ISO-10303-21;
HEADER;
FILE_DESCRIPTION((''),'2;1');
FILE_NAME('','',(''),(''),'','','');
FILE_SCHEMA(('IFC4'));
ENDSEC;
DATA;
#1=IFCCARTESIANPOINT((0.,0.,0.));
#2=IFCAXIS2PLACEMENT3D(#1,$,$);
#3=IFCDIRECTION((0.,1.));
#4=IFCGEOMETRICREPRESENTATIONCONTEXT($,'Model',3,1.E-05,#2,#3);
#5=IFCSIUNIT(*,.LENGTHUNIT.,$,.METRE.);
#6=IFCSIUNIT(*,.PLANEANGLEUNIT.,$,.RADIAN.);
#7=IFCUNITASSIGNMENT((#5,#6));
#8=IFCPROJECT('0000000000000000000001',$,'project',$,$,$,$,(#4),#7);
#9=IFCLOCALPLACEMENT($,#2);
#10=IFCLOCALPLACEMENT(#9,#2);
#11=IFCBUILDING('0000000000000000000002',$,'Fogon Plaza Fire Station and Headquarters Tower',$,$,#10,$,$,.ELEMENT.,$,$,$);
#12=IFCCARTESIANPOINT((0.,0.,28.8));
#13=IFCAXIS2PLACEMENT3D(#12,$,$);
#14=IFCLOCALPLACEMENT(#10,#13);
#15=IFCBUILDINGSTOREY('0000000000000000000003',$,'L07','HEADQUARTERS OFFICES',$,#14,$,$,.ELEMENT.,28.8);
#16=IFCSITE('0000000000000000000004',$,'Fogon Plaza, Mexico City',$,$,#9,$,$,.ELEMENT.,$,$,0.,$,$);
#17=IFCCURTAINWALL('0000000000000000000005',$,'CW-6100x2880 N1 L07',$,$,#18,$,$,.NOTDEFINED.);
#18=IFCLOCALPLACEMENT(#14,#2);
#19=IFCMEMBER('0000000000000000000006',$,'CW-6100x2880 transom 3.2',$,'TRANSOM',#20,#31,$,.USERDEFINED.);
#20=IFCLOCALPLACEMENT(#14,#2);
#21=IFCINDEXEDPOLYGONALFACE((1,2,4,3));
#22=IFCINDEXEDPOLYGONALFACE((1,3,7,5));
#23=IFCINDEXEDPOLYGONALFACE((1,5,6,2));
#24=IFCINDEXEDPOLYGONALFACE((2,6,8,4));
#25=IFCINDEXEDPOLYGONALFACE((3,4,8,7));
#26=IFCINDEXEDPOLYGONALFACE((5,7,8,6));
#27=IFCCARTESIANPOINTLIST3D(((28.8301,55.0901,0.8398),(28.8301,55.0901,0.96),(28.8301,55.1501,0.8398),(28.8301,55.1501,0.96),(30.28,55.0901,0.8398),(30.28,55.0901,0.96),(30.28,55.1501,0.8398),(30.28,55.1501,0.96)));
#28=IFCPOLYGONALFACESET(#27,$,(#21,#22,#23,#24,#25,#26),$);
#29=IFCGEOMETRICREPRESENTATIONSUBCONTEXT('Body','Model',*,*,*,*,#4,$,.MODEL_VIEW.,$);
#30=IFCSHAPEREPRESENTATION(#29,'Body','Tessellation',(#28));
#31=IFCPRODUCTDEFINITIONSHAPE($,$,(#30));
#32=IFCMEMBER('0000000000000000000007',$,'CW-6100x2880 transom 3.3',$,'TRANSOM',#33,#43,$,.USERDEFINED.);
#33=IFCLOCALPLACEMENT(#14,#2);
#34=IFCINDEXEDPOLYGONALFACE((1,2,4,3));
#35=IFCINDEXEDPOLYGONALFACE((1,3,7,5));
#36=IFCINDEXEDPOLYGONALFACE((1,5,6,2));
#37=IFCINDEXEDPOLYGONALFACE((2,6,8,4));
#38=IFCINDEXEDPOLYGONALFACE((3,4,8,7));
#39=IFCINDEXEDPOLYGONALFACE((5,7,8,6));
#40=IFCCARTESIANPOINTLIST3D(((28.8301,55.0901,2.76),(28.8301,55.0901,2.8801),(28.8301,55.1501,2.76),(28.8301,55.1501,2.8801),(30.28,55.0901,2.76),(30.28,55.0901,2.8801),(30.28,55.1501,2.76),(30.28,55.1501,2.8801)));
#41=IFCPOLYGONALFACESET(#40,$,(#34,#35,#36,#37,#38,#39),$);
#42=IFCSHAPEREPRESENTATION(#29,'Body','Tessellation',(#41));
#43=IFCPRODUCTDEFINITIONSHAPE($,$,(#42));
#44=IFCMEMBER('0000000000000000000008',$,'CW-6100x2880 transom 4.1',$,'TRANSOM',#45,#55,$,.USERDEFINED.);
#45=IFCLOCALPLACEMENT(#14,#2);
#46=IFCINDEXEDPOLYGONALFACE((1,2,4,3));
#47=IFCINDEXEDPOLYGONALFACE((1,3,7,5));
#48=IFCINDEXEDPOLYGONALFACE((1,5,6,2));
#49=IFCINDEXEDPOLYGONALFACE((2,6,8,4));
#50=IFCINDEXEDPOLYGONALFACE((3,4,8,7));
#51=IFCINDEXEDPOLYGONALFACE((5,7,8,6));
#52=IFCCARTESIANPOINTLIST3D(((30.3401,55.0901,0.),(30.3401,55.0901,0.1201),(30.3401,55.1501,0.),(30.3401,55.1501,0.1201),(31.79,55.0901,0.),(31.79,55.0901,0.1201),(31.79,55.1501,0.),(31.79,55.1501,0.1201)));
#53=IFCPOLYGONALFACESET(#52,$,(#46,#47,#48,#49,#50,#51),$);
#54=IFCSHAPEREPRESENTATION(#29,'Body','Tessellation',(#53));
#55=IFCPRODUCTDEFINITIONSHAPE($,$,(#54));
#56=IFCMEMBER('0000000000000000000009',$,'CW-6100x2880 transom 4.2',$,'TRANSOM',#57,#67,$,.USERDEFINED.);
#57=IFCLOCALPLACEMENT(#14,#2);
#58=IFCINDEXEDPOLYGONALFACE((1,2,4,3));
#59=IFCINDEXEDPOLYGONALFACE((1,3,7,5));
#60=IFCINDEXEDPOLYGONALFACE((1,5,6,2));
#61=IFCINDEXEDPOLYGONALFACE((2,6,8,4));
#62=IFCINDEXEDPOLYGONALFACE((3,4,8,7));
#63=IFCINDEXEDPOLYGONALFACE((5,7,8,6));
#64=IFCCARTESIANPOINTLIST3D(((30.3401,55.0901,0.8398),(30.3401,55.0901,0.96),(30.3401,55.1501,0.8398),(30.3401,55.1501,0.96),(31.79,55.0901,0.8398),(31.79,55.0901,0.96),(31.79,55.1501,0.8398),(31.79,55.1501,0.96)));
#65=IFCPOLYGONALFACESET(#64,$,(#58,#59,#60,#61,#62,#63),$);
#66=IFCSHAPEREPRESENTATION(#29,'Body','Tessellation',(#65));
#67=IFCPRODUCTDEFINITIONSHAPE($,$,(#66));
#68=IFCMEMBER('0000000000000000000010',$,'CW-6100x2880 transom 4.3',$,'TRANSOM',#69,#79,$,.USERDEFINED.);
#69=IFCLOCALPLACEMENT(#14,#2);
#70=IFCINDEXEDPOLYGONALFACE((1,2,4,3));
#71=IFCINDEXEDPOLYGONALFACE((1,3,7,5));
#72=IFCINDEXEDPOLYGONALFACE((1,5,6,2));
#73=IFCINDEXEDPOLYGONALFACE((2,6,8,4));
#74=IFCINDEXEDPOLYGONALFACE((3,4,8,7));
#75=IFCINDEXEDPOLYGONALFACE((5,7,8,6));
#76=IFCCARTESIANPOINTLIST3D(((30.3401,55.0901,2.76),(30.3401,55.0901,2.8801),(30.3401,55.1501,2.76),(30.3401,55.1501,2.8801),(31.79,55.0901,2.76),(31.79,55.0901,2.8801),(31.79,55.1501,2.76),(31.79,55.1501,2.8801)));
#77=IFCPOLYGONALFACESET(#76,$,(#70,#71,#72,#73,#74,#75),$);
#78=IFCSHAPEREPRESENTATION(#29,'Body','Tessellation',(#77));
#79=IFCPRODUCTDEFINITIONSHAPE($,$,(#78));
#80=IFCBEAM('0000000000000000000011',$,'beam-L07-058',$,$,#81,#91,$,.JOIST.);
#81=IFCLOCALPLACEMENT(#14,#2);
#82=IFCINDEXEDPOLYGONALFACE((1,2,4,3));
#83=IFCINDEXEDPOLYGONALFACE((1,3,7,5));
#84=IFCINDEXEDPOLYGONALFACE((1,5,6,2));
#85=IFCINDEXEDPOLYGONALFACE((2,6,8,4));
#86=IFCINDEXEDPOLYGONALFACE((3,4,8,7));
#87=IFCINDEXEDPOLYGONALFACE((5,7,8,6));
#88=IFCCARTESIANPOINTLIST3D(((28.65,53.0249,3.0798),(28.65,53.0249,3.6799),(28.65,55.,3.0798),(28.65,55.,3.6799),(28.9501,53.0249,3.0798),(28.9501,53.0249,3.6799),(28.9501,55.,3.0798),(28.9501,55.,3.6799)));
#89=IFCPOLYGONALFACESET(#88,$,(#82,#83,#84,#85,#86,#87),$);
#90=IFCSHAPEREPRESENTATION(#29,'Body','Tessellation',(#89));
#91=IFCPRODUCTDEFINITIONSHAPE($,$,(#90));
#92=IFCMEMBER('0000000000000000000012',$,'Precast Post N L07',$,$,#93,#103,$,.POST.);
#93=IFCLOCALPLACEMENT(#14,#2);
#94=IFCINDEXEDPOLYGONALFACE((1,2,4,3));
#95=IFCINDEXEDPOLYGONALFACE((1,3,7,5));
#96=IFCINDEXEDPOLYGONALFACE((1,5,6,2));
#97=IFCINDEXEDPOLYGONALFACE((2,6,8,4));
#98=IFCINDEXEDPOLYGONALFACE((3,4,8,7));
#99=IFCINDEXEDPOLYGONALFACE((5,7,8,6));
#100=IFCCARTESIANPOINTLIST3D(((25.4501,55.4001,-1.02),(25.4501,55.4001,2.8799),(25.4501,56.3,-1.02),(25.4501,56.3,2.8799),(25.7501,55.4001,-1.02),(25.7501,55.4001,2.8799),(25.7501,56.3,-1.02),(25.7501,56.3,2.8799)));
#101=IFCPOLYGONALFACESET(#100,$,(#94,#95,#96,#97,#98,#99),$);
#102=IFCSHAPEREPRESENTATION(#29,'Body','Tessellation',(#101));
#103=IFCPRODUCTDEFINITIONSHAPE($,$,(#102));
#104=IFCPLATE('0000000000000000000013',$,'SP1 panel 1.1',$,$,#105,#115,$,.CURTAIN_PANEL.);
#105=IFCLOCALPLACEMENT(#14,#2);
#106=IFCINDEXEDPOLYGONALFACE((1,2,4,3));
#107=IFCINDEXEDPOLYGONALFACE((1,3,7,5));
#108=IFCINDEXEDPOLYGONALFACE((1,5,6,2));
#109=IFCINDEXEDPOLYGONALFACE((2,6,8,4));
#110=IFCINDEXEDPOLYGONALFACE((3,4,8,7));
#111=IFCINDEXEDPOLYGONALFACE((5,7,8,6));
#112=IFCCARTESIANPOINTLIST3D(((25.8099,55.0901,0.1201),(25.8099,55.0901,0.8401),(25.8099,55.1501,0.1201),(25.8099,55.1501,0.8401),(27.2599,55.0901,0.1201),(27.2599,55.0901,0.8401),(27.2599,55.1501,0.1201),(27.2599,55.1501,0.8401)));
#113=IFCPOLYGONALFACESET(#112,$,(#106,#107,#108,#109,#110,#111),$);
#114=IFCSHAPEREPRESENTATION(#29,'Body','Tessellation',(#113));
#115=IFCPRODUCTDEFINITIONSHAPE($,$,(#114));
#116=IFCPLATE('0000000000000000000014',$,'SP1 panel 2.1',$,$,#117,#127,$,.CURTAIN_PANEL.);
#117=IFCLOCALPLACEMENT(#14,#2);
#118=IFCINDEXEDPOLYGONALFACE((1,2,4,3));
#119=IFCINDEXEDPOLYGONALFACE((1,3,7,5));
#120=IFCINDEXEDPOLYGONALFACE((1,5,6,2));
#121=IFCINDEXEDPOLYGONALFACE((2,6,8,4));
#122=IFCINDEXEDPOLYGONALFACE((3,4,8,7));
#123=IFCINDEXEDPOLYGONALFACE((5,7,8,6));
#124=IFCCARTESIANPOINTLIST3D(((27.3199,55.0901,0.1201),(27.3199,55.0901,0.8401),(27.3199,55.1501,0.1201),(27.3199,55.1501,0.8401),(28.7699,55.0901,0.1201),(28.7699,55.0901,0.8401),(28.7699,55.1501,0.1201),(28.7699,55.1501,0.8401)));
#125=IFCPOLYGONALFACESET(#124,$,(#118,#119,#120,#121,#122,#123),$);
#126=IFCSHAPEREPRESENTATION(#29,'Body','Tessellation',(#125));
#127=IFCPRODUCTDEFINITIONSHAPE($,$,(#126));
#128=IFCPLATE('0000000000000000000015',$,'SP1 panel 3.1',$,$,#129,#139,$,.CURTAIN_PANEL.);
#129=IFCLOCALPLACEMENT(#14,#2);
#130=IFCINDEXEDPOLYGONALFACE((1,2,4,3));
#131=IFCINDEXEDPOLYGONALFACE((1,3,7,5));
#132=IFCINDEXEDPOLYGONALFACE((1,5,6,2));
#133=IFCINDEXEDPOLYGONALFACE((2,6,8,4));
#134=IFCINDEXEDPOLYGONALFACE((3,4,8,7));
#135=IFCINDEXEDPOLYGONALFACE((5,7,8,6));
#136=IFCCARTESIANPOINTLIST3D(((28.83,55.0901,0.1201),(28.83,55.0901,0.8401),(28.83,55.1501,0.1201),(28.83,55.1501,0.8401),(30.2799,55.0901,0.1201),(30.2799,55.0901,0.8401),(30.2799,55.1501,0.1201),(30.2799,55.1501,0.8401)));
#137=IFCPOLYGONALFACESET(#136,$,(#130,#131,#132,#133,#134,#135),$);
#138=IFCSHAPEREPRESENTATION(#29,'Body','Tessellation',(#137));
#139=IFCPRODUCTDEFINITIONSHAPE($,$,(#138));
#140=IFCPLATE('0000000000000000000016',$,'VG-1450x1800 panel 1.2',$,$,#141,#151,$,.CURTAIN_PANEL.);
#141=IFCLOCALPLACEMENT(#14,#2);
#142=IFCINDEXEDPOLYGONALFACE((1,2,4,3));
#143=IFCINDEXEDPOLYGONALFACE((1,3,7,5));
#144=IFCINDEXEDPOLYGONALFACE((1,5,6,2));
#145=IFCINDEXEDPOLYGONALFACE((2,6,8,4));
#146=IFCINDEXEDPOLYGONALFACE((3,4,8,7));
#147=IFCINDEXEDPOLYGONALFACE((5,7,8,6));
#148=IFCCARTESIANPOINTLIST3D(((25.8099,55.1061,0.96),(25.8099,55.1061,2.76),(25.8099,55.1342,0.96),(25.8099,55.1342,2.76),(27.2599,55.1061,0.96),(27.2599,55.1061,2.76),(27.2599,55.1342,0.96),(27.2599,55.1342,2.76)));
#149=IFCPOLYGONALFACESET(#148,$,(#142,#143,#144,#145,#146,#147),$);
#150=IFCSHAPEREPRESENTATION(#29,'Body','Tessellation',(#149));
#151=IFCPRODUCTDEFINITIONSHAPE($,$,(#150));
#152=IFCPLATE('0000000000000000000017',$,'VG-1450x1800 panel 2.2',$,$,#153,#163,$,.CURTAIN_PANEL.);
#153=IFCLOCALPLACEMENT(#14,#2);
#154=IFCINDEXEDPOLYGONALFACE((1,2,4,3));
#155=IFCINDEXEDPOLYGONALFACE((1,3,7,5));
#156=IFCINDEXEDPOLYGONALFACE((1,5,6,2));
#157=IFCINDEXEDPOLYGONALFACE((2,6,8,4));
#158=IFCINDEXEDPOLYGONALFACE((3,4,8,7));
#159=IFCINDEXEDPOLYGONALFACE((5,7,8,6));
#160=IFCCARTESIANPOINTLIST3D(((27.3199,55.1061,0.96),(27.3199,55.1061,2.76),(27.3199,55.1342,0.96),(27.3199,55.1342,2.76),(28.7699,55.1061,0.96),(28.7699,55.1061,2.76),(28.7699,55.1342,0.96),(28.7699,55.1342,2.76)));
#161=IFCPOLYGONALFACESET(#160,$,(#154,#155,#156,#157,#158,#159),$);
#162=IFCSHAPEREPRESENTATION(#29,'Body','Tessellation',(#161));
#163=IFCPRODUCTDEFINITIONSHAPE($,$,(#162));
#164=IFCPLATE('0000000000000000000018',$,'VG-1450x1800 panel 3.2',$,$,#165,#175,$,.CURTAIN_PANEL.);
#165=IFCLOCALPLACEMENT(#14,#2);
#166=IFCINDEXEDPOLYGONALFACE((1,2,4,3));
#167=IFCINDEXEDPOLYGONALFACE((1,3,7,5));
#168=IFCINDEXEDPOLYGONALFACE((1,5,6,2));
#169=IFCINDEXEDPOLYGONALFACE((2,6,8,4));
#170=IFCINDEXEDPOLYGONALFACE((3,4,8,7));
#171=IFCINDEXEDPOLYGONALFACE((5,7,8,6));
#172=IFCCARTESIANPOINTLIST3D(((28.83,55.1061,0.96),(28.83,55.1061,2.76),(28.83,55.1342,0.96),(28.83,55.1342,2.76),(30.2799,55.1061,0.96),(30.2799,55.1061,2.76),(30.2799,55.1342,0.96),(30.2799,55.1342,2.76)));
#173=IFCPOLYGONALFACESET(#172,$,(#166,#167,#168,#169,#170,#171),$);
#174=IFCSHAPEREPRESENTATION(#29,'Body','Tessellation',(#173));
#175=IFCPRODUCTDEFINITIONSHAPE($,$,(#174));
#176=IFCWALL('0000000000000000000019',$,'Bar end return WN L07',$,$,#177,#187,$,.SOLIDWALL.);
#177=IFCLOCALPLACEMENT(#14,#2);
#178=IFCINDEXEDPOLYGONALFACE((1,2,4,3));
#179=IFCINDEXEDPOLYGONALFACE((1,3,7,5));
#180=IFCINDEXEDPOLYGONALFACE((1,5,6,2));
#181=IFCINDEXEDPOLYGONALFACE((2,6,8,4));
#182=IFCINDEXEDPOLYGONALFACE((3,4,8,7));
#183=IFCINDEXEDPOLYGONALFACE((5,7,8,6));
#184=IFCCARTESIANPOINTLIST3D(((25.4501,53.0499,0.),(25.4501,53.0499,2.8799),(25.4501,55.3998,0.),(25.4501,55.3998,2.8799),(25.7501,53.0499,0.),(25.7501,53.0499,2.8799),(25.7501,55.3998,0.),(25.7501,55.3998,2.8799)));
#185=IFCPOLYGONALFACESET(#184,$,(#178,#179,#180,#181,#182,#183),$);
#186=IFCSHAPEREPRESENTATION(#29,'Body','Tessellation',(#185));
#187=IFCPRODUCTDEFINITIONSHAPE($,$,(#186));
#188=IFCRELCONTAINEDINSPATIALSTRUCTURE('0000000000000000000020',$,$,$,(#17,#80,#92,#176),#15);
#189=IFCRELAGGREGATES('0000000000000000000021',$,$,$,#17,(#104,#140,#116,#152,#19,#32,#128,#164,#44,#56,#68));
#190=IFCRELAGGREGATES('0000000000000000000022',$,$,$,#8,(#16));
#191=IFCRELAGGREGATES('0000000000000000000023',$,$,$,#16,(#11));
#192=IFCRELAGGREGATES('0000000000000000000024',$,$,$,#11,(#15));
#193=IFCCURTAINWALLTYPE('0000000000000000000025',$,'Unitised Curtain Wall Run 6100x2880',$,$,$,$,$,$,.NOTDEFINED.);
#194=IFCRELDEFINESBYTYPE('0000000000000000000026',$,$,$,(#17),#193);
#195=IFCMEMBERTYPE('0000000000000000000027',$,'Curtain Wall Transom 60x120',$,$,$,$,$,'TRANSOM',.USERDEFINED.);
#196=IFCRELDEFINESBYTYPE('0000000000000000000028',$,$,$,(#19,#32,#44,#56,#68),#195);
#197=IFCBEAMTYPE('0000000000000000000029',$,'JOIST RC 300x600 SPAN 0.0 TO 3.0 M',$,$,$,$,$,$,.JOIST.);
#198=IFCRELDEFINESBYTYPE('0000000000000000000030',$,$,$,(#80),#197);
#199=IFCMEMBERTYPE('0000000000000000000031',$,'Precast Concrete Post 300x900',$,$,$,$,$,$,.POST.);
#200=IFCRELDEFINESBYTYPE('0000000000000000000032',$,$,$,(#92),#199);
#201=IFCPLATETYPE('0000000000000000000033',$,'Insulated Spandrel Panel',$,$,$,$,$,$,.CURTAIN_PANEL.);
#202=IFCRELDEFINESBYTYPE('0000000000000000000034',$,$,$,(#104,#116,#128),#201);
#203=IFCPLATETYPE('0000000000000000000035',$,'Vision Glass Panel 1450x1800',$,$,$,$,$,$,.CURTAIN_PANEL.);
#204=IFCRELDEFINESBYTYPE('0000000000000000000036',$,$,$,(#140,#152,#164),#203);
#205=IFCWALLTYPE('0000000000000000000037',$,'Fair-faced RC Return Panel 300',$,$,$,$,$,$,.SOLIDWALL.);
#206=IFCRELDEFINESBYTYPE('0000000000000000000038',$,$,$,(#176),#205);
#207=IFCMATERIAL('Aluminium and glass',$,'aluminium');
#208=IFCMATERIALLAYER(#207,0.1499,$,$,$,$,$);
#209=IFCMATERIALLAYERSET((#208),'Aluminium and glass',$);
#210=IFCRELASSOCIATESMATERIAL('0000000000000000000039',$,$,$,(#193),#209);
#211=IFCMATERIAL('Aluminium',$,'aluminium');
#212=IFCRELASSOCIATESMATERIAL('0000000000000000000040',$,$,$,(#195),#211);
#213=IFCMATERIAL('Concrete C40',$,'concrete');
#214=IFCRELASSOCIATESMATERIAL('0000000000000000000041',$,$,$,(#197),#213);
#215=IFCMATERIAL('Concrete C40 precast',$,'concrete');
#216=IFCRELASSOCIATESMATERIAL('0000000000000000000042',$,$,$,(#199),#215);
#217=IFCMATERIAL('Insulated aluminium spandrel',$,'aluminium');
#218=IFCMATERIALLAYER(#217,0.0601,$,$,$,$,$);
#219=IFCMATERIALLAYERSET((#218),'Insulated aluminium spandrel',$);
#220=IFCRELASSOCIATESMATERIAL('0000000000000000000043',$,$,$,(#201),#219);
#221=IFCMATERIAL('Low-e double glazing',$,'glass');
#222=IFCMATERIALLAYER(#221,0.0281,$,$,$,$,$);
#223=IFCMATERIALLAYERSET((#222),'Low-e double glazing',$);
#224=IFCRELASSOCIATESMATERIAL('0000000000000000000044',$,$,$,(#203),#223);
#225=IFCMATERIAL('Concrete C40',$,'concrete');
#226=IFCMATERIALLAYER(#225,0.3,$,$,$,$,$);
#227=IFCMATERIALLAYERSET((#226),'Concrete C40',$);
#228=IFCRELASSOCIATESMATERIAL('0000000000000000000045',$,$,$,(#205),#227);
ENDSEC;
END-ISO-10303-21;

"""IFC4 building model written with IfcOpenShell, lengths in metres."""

from ifc_helpers import new_model, si_unit, direction, frame, frame_2d, origin, origin_2d, place, context, subcontext, project, spatial, rectangle, extrude, material, layer, layer_set, material_profile, profile_set, type_object, element, aggregate, save


model = new_model("IFC4")

# Units and contexts
model_context = context("Model", 3, precision=1e-05, world=origin(), true_north=direction((0.0, 1.0)))
body_context = subcontext(model_context, "Body", "Model", "MODEL_VIEW")
ifc_project = project(units=[si_unit("LENGTHUNIT", "METRE"), si_unit("PLANEANGLEUNIT", "RADIAN")], contexts=[model_context])

# Site, building, storey
site_placement = place(None, origin())
site = spatial("IfcSite", under=ifc_project, at=site_placement, Name="Fogon Plaza, Mexico City", CompositionType="ELEMENT", RefElevation=0.0)
building_placement = place(site_placement, origin())
building = spatial("IfcBuilding", under=site, at=building_placement, Name="Fogon Plaza Fire Station and Headquarters Tower", CompositionType="ELEMENT")
storey_placement = place(building_placement, frame((0.0, 0.0, 28.8)))
storey = spatial("IfcBuildingStorey", under=building, at=storey_placement, Name="L07", Description="HEADQUARTERS OFFICES", CompositionType="ELEMENT", Elevation=28.8)

# Curtain wall, members
ifc_material_1 = material(Name="Aluminium and glass", Category="aluminium")
ifc_layer_1 = layer(ifc_material_1, 0.1499)
ifc_layer_set_1 = layer_set([ifc_layer_1], Name="Aluminium and glass")
curtain_wall_type = type_object("IfcCurtainWallType", Name="Unitised Curtain Wall Run 6100x2880", PredefinedType="NOTDEFINED", material=ifc_layer_set_1)
curtain_wall_placement = place(storey_placement, origin())
curtain_wall = element("IfcCurtainWall", 1, at=curtain_wall_placement, inside=storey, type_object=curtain_wall_type, Name="CW-6100x2880 N1 L07", PredefinedType="NOTDEFINED")
ifc_material_2 = material(Name="Aluminium", Category="aluminium")
ifc_material_profile_1 = material_profile(ifc_material_2, rectangle(XDim=0.0601, YDim=0.1201, at=origin_2d()), Name="Curtain Wall Transom 60x120")
ifc_profile_set_1 = profile_set([ifc_material_profile_1], Name="Aluminium")
member_type_1 = type_object("IfcMemberType", Name="Curtain Wall Transom 60x120", ElementType="TRANSOM", PredefinedType="USERDEFINED", material=ifc_profile_set_1)
member_1_placement = place(storey_placement, frame((28.8301, 55.1201, 0.8999), z_axis=(1.0, 0.0, 0.0), x_axis=(0.0, 1.0, 0.0)))
member_1 = element("IfcMember", 2, at=member_1_placement, type_object=member_type_1, Name="CW-6100x2880 transom 3.2", ObjectType="TRANSOM", PredefinedType="USERDEFINED", context=body_context, shape_type="SweptSolid", body=[
    extrude(rectangle(XDim=0.0601, YDim=0.1201, at=origin_2d()), origin(), (0.0, 0.0, 1.0), 1.45),
])
member_2_placement = place(storey_placement, frame((28.8301, 55.1201, 2.8201), z_axis=(1.0, 0.0, 0.0), x_axis=(0.0, 1.0, 0.0)))
member_2 = element("IfcMember", 3, at=member_2_placement, type_object=member_type_1, Name="CW-6100x2880 transom 3.3", ObjectType="TRANSOM", PredefinedType="USERDEFINED", context=body_context, shape_type="SweptSolid", body=[
    extrude(rectangle(XDim=0.0601, YDim=0.1201, at=origin_2d()), origin(), (0.0, 0.0, 1.0), 1.45),
])
member_3_placement = place(storey_placement, frame((30.3401, 55.1201, 0.0601), z_axis=(1.0, 0.0, 0.0), x_axis=(0.0, 1.0, 0.0)))
member_3 = element("IfcMember", 4, at=member_3_placement, type_object=member_type_1, Name="CW-6100x2880 transom 4.1", ObjectType="TRANSOM", PredefinedType="USERDEFINED", context=body_context, shape_type="SweptSolid", body=[
    extrude(rectangle(XDim=0.0601, YDim=0.1201, at=origin_2d()), origin(), (0.0, 0.0, 1.0), 1.45),
])
member_4_placement = place(storey_placement, frame((30.3401, 55.1201, 0.8999), z_axis=(1.0, 0.0, 0.0), x_axis=(0.0, 1.0, 0.0)))
member_4 = element("IfcMember", 5, at=member_4_placement, type_object=member_type_1, Name="CW-6100x2880 transom 4.2", ObjectType="TRANSOM", PredefinedType="USERDEFINED", context=body_context, shape_type="SweptSolid", body=[
    extrude(rectangle(XDim=0.0601, YDim=0.1201, at=origin_2d()), origin(), (0.0, 0.0, 1.0), 1.45),
])
member_5_placement = place(storey_placement, frame((30.3401, 55.1201, 2.8201), z_axis=(1.0, 0.0, 0.0), x_axis=(0.0, 1.0, 0.0)))
member_5 = element("IfcMember", 6, at=member_5_placement, type_object=member_type_1, Name="CW-6100x2880 transom 4.3", ObjectType="TRANSOM", PredefinedType="USERDEFINED", context=body_context, shape_type="SweptSolid", body=[
    extrude(rectangle(XDim=0.0601, YDim=0.1201, at=origin_2d()), origin(), (0.0, 0.0, 1.0), 1.45),
])

# Beam
ifc_material_3 = material(Name="Concrete C40", Category="concrete")
ifc_material_profile_2 = material_profile(ifc_material_3, rectangle(XDim=0.3, YDim=0.6001, at=origin_2d()), Name="RC 300x600")
ifc_profile_set_2 = profile_set([ifc_material_profile_2], Name="Concrete C40")
beam_type_1 = type_object("IfcBeamType", Name="JOIST RC 300x600 SPAN 0.0 TO 3.0 M", PredefinedType="JOIST", material=ifc_profile_set_2)
beam_1_placement = place(storey_placement, frame((28.8, 53.0249, 3.3799), z_axis=(0.0, 1.0, 0.0), x_axis=(-1.0, 0.0, 0.0)))
element("IfcBeam", 7, at=beam_1_placement, inside=storey, type_object=beam_type_1, Name="beam-L07-058", PredefinedType="JOIST", context=body_context, shape_type="SweptSolid", body=[
    extrude(rectangle(XDim=0.3, YDim=0.6001, at=origin_2d()), origin(), (0.0, 0.0, 1.0), 1.9751),
])

# Member
ifc_material_4 = material(Name="Concrete C40 precast", Category="concrete")
ifc_material_profile_3 = material_profile(ifc_material_4, rectangle(XDim=0.3, YDim=0.8999, at=origin_2d()), Name="Precast Concrete Post 300x900")
ifc_profile_set_3 = profile_set([ifc_material_profile_3], Name="Concrete C40 precast")
member_type_2 = type_object("IfcMemberType", Name="Precast Concrete Post 300x900", PredefinedType="POST", material=ifc_profile_set_3)
member_6_placement = place(storey_placement, frame((25.6001, 55.8501, -1.02), z_axis=(0.0, 0.0, 1.0), x_axis=(1.0, 0.0, 0.0)))
element("IfcMember", 8, at=member_6_placement, inside=storey, type_object=member_type_2, Name="Precast Post N L07", PredefinedType="POST", context=body_context, shape_type="SweptSolid", body=[
    extrude(rectangle(XDim=0.3, YDim=0.8999, at=origin_2d()), origin(), (0.0, 0.0, 1.0), 3.8999),
])

# Plates
ifc_material_5 = material(Name="Insulated aluminium spandrel", Category="aluminium")
ifc_layer_2 = layer(ifc_material_5, 0.0601)
ifc_layer_set_2 = layer_set([ifc_layer_2], Name="Insulated aluminium spandrel")
plate_type_1 = type_object("IfcPlateType", Name="Insulated Spandrel Panel", PredefinedType="CURTAIN_PANEL", material=ifc_layer_set_2)
plate_1_placement = place(storey_placement, frame((26.5349, 55.1201, 0.1201), z_axis=(0.0, 0.0, 1.0), x_axis=(1.0, 0.0, 0.0)))
plate_1 = element("IfcPlate", 9, at=plate_1_placement, type_object=plate_type_1, Name="SP1 panel 1.1", PredefinedType="CURTAIN_PANEL", context=body_context, shape_type="SweptSolid", body=[
    extrude(rectangle(XDim=1.45, YDim=0.0601, at=origin_2d()), origin(), (0.0, 0.0, 1.0), 0.72),
])
plate_2_placement = place(storey_placement, frame((28.0449, 55.1201, 0.1201), z_axis=(0.0, 0.0, 1.0), x_axis=(1.0, 0.0, 0.0)))
plate_2 = element("IfcPlate", 10, at=plate_2_placement, type_object=plate_type_1, Name="SP1 panel 2.1", PredefinedType="CURTAIN_PANEL", context=body_context, shape_type="SweptSolid", body=[
    extrude(rectangle(XDim=1.45, YDim=0.0601, at=origin_2d()), origin(), (0.0, 0.0, 1.0), 0.72),
])
plate_3_placement = place(storey_placement, frame((29.5549, 55.1201, 0.1201), z_axis=(0.0, 0.0, 1.0), x_axis=(1.0, 0.0, 0.0)))
plate_3 = element("IfcPlate", 11, at=plate_3_placement, type_object=plate_type_1, Name="SP1 panel 3.1", PredefinedType="CURTAIN_PANEL", context=body_context, shape_type="SweptSolid", body=[
    extrude(rectangle(XDim=1.45, YDim=0.0601, at=origin_2d()), origin(), (0.0, 0.0, 1.0), 0.72),
])
ifc_material_6 = material(Name="Low-e double glazing", Category="glass")
ifc_layer_3 = layer(ifc_material_6, 0.0281)
ifc_layer_set_3 = layer_set([ifc_layer_3], Name="Low-e double glazing")
plate_type_2 = type_object("IfcPlateType", Name="Vision Glass Panel 1450x1800", PredefinedType="CURTAIN_PANEL", material=ifc_layer_set_3)
plate_4_placement = place(storey_placement, frame((26.5349, 55.1201, 0.96), z_axis=(0.0, 0.0, 1.0), x_axis=(1.0, 0.0, 0.0)))
plate_4 = element("IfcPlate", 12, at=plate_4_placement, type_object=plate_type_2, Name="VG-1450x1800 panel 1.2", PredefinedType="CURTAIN_PANEL", context=body_context, shape_type="SweptSolid", body=[
    extrude(rectangle(XDim=1.45, YDim=0.0281, at=origin_2d()), origin(), (0.0, 0.0, 1.0), 1.8),
])
plate_5_placement = place(storey_placement, frame((28.0449, 55.1201, 0.96), z_axis=(0.0, 0.0, 1.0), x_axis=(1.0, 0.0, 0.0)))
plate_5 = element("IfcPlate", 13, at=plate_5_placement, type_object=plate_type_2, Name="VG-1450x1800 panel 2.2", PredefinedType="CURTAIN_PANEL", context=body_context, shape_type="SweptSolid", body=[
    extrude(rectangle(XDim=1.45, YDim=0.0281, at=origin_2d()), origin(), (0.0, 0.0, 1.0), 1.8),
])
plate_6_placement = place(storey_placement, frame((29.5549, 55.1201, 0.96), z_axis=(0.0, 0.0, 1.0), x_axis=(1.0, 0.0, 0.0)))
plate_6 = element("IfcPlate", 14, at=plate_6_placement, type_object=plate_type_2, Name="VG-1450x1800 panel 3.2", PredefinedType="CURTAIN_PANEL", context=body_context, shape_type="SweptSolid", body=[
    extrude(rectangle(XDim=1.45, YDim=0.0281, at=origin_2d()), origin(), (0.0, 0.0, 1.0), 1.8),
])
aggregate(curtain_wall, [plate_1, plate_4, plate_2, plate_5, member_1, member_2, plate_3, plate_6, member_3, member_4, member_5])

# Wall
ifc_material_7 = material(Name="Concrete C40", Category="concrete")
ifc_layer_4 = layer(ifc_material_7, 0.3)
ifc_layer_set_4 = layer_set([ifc_layer_4], Name="Concrete C40")
wall_type_1 = type_object("IfcWallType", Name="Fair-faced RC Return Panel 300", PredefinedType="SOLIDWALL", material=ifc_layer_set_4)
wall_1_placement = place(storey_placement, frame((25.6001, 53.05, 0.0), z_axis=(0.0, 0.0, 1.0), x_axis=(0.0, 1.0, 0.0)))
element("IfcWall", 15, at=wall_1_placement, inside=storey, type_object=wall_type_1, Name="Bar end return WN L07", PredefinedType="SOLIDWALL", context=body_context, shape_type="SweptSolid", body=[
    extrude(rectangle(XDim=2.3499, YDim=0.3, at=frame_2d((1.1748, 0.0))), origin(), (0.0, 0.0, 1.0), 2.8799),
])

save(model, "model.ifc")
